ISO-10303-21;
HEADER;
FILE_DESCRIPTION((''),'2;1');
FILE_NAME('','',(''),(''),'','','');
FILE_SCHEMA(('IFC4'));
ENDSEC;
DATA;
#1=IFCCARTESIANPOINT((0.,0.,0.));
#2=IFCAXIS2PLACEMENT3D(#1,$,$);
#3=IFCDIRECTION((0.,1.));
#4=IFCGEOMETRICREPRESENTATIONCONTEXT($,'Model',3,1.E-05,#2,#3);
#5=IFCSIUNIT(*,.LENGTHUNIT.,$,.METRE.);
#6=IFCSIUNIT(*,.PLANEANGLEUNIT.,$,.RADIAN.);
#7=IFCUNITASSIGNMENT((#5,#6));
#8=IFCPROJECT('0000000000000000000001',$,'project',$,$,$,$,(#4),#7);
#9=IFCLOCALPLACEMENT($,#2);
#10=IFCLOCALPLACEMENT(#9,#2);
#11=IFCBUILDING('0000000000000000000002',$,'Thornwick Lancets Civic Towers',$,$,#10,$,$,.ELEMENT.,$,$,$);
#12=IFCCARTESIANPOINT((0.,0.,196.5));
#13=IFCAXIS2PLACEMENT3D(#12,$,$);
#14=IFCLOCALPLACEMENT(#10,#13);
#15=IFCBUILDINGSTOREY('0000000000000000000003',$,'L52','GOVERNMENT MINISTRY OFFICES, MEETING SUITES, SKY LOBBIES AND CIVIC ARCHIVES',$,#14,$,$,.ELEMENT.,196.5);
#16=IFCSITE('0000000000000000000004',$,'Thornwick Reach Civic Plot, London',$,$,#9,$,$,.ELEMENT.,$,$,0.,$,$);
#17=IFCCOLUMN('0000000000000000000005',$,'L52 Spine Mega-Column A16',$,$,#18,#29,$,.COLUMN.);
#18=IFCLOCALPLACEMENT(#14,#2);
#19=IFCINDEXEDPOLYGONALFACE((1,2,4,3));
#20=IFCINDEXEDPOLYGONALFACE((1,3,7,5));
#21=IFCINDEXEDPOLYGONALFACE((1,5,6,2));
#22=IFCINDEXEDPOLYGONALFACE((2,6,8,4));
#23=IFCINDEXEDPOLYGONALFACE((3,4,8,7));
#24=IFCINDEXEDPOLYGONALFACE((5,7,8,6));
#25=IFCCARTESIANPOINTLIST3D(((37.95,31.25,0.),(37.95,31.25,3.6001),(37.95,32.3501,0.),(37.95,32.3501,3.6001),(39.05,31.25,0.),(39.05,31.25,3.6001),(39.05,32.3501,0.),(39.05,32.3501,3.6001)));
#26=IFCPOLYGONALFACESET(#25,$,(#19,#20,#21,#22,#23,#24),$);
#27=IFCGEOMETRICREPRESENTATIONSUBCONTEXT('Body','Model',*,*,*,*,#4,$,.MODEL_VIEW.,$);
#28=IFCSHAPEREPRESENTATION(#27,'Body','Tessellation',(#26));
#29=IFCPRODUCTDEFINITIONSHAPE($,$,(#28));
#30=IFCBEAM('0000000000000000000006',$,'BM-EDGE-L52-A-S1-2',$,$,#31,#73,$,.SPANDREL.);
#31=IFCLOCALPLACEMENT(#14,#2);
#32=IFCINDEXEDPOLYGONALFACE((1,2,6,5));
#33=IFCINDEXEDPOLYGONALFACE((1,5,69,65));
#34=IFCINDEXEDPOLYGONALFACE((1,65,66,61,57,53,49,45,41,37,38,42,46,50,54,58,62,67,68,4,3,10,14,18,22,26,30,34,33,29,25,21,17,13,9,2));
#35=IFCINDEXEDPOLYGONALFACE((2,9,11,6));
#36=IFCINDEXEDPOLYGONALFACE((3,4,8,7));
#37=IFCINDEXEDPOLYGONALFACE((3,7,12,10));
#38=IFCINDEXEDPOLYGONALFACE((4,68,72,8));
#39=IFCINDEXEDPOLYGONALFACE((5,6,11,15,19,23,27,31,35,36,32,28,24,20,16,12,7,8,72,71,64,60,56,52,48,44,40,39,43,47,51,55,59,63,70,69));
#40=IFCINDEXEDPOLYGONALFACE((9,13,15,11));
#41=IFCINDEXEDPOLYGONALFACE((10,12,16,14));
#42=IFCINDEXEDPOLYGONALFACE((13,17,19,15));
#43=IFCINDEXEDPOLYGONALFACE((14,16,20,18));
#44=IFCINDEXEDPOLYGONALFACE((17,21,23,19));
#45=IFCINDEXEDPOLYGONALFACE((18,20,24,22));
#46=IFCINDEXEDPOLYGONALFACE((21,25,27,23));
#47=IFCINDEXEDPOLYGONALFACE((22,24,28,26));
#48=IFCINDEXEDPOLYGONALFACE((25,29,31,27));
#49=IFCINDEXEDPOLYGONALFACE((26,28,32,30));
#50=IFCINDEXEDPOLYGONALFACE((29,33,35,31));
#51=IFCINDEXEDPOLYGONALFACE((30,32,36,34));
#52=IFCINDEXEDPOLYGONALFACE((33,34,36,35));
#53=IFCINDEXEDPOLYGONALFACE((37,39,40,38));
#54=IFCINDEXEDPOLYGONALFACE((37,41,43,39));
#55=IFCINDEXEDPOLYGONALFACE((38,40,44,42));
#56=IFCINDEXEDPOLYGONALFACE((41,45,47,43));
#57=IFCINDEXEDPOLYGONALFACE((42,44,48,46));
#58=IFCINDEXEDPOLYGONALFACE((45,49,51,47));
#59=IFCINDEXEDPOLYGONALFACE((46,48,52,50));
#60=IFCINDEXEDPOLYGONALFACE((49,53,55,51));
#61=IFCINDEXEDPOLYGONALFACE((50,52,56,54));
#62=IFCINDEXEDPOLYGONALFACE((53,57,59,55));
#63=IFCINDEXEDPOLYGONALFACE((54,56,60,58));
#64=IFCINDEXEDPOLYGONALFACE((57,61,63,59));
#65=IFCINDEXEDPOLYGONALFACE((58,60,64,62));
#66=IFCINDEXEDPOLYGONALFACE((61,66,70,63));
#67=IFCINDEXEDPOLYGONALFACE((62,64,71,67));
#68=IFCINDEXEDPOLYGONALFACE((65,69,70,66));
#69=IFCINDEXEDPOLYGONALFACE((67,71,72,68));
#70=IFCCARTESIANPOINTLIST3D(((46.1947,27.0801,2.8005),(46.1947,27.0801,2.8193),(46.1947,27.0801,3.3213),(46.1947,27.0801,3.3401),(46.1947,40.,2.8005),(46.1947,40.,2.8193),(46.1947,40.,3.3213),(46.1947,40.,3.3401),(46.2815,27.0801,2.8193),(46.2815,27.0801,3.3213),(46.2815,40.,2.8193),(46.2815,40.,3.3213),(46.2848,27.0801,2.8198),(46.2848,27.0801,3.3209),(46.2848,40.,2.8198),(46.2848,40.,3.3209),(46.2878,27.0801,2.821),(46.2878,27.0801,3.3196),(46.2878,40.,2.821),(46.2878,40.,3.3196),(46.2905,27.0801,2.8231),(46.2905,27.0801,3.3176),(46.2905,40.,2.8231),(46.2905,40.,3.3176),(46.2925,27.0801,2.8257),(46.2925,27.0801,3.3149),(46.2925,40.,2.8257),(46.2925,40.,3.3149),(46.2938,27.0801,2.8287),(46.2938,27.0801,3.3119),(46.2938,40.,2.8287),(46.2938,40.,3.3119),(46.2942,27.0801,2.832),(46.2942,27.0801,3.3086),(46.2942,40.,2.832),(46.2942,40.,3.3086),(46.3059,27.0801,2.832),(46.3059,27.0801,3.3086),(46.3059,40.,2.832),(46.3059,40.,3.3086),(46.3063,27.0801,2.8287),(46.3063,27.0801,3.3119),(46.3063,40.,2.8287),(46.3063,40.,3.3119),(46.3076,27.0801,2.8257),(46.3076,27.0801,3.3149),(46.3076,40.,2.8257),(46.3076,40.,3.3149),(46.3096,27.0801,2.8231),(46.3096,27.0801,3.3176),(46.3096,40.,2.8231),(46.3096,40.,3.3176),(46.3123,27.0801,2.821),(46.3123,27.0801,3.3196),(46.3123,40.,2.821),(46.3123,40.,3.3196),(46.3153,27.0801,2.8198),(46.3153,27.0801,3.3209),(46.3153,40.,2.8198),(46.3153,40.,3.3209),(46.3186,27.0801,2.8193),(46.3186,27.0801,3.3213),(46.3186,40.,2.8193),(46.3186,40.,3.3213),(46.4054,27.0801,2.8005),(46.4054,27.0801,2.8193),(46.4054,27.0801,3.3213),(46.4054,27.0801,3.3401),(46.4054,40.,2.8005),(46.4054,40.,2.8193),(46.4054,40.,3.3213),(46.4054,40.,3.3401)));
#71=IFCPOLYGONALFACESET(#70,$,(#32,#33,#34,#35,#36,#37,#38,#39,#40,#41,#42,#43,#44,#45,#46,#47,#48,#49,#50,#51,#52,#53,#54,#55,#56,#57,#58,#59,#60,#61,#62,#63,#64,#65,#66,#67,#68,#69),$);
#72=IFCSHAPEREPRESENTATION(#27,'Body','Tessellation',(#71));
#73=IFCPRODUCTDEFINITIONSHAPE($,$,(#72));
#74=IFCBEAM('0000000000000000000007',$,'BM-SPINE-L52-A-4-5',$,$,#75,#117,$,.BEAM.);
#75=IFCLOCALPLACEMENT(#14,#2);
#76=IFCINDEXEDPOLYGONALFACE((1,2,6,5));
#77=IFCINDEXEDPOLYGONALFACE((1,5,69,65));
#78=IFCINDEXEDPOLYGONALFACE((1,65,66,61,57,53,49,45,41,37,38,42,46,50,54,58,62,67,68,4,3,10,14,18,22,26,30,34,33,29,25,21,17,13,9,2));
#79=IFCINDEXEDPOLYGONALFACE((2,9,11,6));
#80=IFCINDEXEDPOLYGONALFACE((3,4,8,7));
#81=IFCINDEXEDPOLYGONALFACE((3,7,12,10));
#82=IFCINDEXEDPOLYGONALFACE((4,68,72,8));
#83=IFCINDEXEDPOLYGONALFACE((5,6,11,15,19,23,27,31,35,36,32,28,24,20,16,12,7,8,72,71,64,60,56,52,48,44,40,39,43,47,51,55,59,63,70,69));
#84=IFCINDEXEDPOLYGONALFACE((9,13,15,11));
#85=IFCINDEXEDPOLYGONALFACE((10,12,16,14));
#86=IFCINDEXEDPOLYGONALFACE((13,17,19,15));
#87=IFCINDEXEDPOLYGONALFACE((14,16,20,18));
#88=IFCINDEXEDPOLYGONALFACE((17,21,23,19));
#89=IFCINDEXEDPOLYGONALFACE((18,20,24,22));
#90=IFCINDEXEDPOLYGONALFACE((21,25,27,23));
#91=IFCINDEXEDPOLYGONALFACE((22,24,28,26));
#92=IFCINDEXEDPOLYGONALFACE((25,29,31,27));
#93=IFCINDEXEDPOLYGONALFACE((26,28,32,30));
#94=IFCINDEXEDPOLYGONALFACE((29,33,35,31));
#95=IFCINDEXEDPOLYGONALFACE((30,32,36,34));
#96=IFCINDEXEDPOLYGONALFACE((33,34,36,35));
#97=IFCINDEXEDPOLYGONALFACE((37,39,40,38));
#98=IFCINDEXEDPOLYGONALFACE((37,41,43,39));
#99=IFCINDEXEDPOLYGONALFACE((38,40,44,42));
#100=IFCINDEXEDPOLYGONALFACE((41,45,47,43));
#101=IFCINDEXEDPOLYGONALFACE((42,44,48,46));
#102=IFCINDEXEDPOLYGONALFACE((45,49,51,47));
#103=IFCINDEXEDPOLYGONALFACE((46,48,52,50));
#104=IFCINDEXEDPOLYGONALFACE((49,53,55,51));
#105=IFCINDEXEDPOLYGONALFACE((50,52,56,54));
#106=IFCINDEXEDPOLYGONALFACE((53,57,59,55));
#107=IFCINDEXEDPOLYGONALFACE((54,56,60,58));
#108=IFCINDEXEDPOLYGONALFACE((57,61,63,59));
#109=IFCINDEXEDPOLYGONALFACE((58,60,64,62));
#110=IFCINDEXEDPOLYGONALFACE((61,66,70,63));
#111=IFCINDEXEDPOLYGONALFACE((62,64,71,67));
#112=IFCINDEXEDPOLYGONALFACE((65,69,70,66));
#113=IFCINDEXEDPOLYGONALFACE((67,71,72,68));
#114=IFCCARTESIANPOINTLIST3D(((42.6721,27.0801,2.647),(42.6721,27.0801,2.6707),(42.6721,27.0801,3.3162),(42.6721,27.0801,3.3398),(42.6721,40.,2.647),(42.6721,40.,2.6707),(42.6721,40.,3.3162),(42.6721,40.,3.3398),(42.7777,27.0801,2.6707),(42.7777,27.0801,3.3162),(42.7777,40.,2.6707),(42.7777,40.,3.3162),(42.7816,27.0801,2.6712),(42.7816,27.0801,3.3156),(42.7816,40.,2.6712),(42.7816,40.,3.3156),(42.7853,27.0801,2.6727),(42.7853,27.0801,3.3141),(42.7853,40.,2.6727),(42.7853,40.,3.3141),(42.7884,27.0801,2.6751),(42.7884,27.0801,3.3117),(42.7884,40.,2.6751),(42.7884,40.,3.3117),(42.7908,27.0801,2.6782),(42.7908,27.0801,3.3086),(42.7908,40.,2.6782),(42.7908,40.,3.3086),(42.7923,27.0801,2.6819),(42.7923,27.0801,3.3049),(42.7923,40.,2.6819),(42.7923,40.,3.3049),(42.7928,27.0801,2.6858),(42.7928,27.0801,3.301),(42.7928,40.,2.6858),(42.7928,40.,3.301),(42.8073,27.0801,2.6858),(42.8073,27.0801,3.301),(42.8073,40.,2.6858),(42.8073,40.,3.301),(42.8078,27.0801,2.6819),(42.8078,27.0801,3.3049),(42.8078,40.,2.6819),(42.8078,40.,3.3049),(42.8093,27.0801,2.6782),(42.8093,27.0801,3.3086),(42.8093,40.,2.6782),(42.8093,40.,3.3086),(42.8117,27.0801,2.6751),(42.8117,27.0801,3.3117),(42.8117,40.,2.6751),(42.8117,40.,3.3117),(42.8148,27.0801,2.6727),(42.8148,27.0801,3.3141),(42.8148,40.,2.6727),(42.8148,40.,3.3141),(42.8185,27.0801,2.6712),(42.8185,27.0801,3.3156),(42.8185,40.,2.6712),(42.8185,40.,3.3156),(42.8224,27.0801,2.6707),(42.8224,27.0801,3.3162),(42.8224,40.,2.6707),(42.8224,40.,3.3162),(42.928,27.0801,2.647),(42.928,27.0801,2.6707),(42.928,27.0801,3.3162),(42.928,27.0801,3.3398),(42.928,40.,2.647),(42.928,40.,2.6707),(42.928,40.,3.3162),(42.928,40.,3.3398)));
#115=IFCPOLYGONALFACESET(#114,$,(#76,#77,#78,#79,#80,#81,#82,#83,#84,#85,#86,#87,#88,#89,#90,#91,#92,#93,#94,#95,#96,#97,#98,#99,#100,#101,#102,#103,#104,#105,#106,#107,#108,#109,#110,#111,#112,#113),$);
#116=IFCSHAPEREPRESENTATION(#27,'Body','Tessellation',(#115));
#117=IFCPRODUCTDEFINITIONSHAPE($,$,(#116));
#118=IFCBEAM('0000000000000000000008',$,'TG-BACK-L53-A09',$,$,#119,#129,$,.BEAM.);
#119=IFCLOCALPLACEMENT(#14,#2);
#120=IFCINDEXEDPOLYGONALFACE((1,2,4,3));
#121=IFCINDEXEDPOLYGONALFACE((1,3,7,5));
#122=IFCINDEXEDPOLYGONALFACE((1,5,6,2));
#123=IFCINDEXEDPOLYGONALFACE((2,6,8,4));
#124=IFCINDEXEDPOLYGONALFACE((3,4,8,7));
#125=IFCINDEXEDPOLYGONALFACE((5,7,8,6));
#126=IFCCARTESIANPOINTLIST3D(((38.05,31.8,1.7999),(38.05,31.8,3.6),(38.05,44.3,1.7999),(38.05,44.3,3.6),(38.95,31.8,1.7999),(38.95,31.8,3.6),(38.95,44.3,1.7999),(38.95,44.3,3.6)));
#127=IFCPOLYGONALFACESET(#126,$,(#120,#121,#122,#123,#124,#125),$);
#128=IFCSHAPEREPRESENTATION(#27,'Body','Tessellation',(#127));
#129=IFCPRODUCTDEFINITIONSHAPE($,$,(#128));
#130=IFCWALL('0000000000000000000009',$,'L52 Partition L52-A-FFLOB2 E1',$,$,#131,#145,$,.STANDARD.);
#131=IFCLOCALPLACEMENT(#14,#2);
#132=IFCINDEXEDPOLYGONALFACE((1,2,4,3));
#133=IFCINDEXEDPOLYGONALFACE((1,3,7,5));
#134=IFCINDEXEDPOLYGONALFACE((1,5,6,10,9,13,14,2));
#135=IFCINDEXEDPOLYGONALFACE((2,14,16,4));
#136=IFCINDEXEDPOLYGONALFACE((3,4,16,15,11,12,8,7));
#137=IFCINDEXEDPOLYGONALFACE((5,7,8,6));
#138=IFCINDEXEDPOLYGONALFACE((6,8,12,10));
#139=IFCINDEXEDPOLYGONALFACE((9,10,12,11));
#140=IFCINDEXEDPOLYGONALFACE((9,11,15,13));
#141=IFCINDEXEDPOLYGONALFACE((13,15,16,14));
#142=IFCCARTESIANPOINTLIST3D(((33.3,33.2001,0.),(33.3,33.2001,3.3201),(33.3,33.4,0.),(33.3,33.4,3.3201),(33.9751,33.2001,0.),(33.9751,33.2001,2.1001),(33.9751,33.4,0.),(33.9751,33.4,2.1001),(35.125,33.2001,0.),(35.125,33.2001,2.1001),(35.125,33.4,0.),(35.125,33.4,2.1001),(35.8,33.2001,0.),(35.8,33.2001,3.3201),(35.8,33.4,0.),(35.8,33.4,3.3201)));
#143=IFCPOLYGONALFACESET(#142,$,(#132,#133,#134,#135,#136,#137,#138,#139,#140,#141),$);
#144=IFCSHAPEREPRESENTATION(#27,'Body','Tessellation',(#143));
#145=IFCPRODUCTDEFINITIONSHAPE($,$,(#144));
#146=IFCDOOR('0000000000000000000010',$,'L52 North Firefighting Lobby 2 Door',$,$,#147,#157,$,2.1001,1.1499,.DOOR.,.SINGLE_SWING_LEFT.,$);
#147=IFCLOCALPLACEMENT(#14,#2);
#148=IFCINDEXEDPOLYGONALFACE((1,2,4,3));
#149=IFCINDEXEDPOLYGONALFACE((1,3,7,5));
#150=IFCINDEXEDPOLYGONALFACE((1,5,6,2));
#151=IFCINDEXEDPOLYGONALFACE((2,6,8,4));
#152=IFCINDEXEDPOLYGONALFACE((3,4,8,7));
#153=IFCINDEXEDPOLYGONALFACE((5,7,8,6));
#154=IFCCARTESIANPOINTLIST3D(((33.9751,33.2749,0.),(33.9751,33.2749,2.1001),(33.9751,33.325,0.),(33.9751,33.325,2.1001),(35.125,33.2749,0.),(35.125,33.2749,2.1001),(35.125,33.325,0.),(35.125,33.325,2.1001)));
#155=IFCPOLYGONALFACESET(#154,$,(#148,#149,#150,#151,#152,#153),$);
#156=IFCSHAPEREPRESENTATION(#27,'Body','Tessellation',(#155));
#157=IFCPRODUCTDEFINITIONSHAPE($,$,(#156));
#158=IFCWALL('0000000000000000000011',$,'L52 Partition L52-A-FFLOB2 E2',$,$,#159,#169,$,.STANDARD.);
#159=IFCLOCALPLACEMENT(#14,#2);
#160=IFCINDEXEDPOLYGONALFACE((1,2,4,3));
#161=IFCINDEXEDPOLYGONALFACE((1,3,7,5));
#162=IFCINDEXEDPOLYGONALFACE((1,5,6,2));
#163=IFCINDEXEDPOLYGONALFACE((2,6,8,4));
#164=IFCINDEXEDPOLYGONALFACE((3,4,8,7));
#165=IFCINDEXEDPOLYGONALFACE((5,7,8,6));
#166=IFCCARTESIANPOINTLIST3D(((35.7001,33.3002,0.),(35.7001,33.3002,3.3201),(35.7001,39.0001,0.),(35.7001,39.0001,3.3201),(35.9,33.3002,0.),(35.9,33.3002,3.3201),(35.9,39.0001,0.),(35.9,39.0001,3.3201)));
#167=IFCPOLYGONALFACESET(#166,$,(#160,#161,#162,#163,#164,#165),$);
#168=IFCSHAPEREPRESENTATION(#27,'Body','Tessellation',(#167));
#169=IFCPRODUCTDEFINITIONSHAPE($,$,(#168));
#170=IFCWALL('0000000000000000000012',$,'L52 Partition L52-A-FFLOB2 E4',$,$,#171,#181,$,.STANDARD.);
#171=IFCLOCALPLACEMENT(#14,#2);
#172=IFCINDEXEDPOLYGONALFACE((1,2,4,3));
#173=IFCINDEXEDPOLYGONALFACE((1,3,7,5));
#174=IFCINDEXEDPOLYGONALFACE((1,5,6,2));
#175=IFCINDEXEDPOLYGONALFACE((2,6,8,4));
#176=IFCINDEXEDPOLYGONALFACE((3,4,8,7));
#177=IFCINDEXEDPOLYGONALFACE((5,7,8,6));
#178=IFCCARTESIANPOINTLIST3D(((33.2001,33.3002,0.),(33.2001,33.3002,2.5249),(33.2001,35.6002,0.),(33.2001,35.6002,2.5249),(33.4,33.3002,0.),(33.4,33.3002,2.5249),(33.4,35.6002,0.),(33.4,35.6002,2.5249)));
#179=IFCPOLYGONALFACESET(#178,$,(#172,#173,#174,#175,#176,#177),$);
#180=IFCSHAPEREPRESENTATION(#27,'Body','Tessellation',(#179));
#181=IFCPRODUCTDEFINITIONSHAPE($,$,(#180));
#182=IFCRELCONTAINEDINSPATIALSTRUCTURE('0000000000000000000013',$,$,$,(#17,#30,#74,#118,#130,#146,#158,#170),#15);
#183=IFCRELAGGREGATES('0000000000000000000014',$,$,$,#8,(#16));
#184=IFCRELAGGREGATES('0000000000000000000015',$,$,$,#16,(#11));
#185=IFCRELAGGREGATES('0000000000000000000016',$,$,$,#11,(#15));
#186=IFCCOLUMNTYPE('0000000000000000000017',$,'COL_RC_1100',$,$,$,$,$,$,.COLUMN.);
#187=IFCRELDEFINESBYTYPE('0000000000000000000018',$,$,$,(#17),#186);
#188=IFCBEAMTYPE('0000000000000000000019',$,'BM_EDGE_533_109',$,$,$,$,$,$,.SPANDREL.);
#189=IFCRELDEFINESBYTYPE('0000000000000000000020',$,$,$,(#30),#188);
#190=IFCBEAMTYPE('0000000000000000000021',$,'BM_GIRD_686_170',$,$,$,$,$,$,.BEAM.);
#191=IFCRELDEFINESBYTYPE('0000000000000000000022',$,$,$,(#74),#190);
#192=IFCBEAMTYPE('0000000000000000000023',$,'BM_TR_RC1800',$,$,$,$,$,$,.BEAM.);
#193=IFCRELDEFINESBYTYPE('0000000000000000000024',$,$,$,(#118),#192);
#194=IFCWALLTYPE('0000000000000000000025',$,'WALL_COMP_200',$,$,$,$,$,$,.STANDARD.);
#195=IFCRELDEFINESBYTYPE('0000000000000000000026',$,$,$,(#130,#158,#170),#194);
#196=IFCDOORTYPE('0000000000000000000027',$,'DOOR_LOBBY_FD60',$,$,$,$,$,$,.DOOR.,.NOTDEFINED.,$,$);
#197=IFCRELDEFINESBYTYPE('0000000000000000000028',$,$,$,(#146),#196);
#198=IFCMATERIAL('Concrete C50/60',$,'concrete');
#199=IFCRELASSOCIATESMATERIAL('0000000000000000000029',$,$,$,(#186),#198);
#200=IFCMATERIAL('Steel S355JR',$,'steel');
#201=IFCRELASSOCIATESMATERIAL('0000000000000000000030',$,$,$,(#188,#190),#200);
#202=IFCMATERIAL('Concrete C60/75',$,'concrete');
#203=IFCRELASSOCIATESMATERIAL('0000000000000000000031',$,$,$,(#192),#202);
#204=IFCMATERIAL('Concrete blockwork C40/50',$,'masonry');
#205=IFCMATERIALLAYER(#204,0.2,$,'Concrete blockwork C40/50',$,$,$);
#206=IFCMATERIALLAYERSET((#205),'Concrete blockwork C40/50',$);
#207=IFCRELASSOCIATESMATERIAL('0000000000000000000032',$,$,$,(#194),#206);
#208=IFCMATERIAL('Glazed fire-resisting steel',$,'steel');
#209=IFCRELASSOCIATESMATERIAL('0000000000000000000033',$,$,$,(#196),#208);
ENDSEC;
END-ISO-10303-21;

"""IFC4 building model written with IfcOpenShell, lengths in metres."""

from ifc_helpers import new_model, si_unit, direction, frame, frame_2d, origin, origin_2d, place, context, subcontext, project, spatial, rectangle, i_section, extrude, material, layer, layer_set, material_profile, profile_set, type_object, element, fill, save


model = new_model("IFC4")

# Units and contexts
model_context = context("Model", 3, precision=1e-05, world=origin(), true_north=direction((0.0, 1.0)))
body_context = subcontext(model_context, "Body", "Model", "MODEL_VIEW")
ifc_project = project(units=[si_unit("LENGTHUNIT", "METRE"), si_unit("PLANEANGLEUNIT", "RADIAN")], contexts=[model_context])

# Site, building, storey
site_placement = place(None, origin())
site = spatial("IfcSite", under=ifc_project, at=site_placement, Name="Thornwick Reach Civic Plot, London", CompositionType="ELEMENT", RefElevation=0.0)
building_placement = place(site_placement, origin())
building = spatial("IfcBuilding", under=site, at=building_placement, Name="Thornwick Lancets Civic Towers", CompositionType="ELEMENT")
storey_placement = place(building_placement, frame((0.0, 0.0, 196.5)))
storey = spatial("IfcBuildingStorey", under=building, at=storey_placement, Name="L52", Description="GOVERNMENT MINISTRY OFFICES, MEETING SUITES, SKY LOBBIES AND CIVIC ARCHIVES", CompositionType="ELEMENT", Elevation=196.5)

# Column
ifc_material_1 = material(Name="Concrete C50/60", Category="concrete")
ifc_material_profile_1 = material_profile(ifc_material_1, rectangle(XDim=1.1001, YDim=1.1001, at=origin_2d()), Name="RC 1100x1100")
ifc_profile_set_1 = profile_set([ifc_material_profile_1], Name="Concrete C50/60")
column_type = type_object("IfcColumnType", Name="COL_RC_1100", PredefinedType="COLUMN", material=ifc_profile_set_1)
column_placement = place(storey_placement, frame((38.5, 31.8, 0.0), z_axis=(0.0, 0.0, 1.0), x_axis=(1.0, 0.0, 0.0)))
element("IfcColumn", 1, at=column_placement, inside=storey, type_object=column_type, Name="L52 Spine Mega-Column A16", PredefinedType="COLUMN", context=body_context, shape_type="SweptSolid", body=[
    extrude(rectangle(XDim=1.1001, YDim=1.1001, at=origin_2d()), origin(), (0.0, 0.0, 1.0), 3.6001),
])

# Beams
ifc_material_2 = material(Name="Steel S355JR", Category="steel")
ifc_material_profile_2 = material_profile(ifc_material_2, i_section(OverallWidth=0.2107, OverallDepth=0.5396, WebThickness=0.0117, FlangeThickness=0.0188, FilletRadius=0.0127, at=origin_2d()), Name="UKB 533x210x109")
ifc_profile_set_2 = profile_set([ifc_material_profile_2], Name="Steel S355JR")
beam_type_1 = type_object("IfcBeamType", Name="BM_EDGE_533_109", PredefinedType="SPANDREL", material=ifc_profile_set_2)
beam_1_placement = place(storey_placement, frame((46.3, 27.0801, 3.0703), z_axis=(0.0, 1.0, 0.0), x_axis=(-1.0, 0.0, 0.0)))
element("IfcBeam", 2, at=beam_1_placement, inside=storey, type_object=beam_type_1, Name="BM-EDGE-L52-A-S1-2", PredefinedType="SPANDREL", context=body_context, shape_type="SweptSolid", body=[
    extrude(i_section(OverallWidth=0.2107, OverallDepth=0.5396, WebThickness=0.0117, FlangeThickness=0.0188, FilletRadius=0.0127, at=origin_2d()), origin(), (0.0, 0.0, 1.0), 12.9199),
])
ifc_material_profile_3 = material_profile(ifc_material_2, i_section(OverallWidth=0.2559, OverallDepth=0.6929, WebThickness=0.0144, FlangeThickness=0.0237, FilletRadius=0.0151, at=origin_2d()), Name="UKB 686x254x170")
ifc_profile_set_3 = profile_set([ifc_material_profile_3], Name="Steel S355JR")
beam_type_2 = type_object("IfcBeamType", Name="BM_GIRD_686_170", PredefinedType="BEAM", material=ifc_profile_set_3)
beam_2_placement = place(storey_placement, frame((42.8, 27.0801, 2.9934), z_axis=(0.0, 1.0, 0.0), x_axis=(-1.0, 0.0, 0.0)))
element("IfcBeam", 3, at=beam_2_placement, inside=storey, type_object=beam_type_2, Name="BM-SPINE-L52-A-4-5", PredefinedType="BEAM", context=body_context, shape_type="SweptSolid", body=[
    extrude(i_section(OverallWidth=0.2559, OverallDepth=0.6929, WebThickness=0.0144, FlangeThickness=0.0237, FilletRadius=0.0151, at=origin_2d()), origin(), (0.0, 0.0, 1.0), 12.9199),
])
ifc_material_3 = material(Name="Concrete C60/75", Category="concrete")
ifc_material_profile_4 = material_profile(ifc_material_3, rectangle(XDim=0.8999, YDim=1.8, at=origin_2d()), Name="RC 900x1800")
ifc_profile_set_4 = profile_set([ifc_material_profile_4], Name="Concrete C60/75")
beam_type_3 = type_object("IfcBeamType", Name="BM_TR_RC1800", PredefinedType="BEAM", material=ifc_profile_set_4)
beam_3_placement = place(storey_placement, frame((38.5, 31.8, 2.7), z_axis=(0.0, 1.0, 0.0), x_axis=(-1.0, 0.0, 0.0)))
element("IfcBeam", 4, at=beam_3_placement, inside=storey, type_object=beam_type_3, Name="TG-BACK-L53-A09", PredefinedType="BEAM", context=body_context, shape_type="SweptSolid", body=[
    extrude(rectangle(XDim=0.8999, YDim=1.8, at=origin_2d()), origin(), (0.0, 0.0, 1.0), 12.5),
])

# Wall, opening, door
ifc_material_4 = material(Name="Concrete blockwork C40/50", Category="masonry")
ifc_layer_1 = layer(ifc_material_4, 0.2, Name="Concrete blockwork C40/50")
ifc_layer_set_1 = layer_set([ifc_layer_1], Name="Concrete blockwork C40/50")
wall_type_1 = type_object("IfcWallType", Name="WALL_COMP_200", PredefinedType="STANDARD", material=ifc_layer_set_1)
wall_1_placement = place(storey_placement, frame((33.3, 33.3, 0.0), z_axis=(0.0, 0.0, 1.0), x_axis=(1.0, 0.0, 0.0)))
wall_1 = element("IfcWall", 5, at=wall_1_placement, inside=storey, type_object=wall_type_1, Name="L52 Partition L52-A-FFLOB2 E1", PredefinedType="STANDARD", context=body_context, shape_type="SweptSolid", body=[
    extrude(rectangle(XDim=2.5, YDim=0.2, at=frame_2d((1.25, 0.0))), origin(), (0.0, 0.0, 1.0), 3.3201),
])
opening_1_placement = place(wall_1_placement, frame((0.675, 0.0, 0.0)))
opening_1 = element("IfcOpeningElement", 6, at=opening_1_placement, cuts=wall_1, PredefinedType="OPENING", context=body_context, shape_type="SweptSolid", body=[
    extrude(rectangle(XDim=1.1499, YDim=2.1001, at=frame_2d((0.575, 1.05))), frame((0.0, 0.1099, 0.0), z_axis=(0.0, -1.0, 0.0), x_axis=(1.0, 0.0, 0.0)), (0.0, 0.0, 1.0), 0.22),
])
ifc_material_5 = material(Name="Glazed fire-resisting steel", Category="steel")
door_type_1 = type_object("IfcDoorType", Name="DOOR_LOBBY_FD60", OperationType="NOTDEFINED", PredefinedType="DOOR", material=ifc_material_5)
door_1_placement = place(opening_1_placement, origin())
door_1 = element("IfcDoor", 7, at=door_1_placement, inside=storey, type_object=door_type_1, Name="L52 North Firefighting Lobby 2 Door", OperationType="SINGLE_SWING_LEFT", OverallHeight=2.1001, OverallWidth=1.1499, PredefinedType="DOOR", context=body_context, shape_type="SweptSolid", body=[
    extrude(rectangle(XDim=1.1499, YDim=2.1001, at=frame_2d((0.575, 1.05))), frame((0.0, 0.0249, 0.0), z_axis=(0.0, -1.0, 0.0), x_axis=(1.0, 0.0, 0.0)), (0.0, 0.0, 1.0), 0.05),
])
fill(opening_1, door_1)

# Walls
wall_2_placement = place(storey_placement, frame((35.8, 33.3, 0.0), z_axis=(0.0, 0.0, 1.0), x_axis=(0.0, 1.0, 0.0)))
element("IfcWall", 8, at=wall_2_placement, inside=storey, type_object=wall_type_1, Name="L52 Partition L52-A-FFLOB2 E2", PredefinedType="STANDARD", context=body_context, shape_type="SweptSolid", body=[
    extrude(rectangle(XDim=5.7, YDim=0.2, at=frame_2d((2.8501, 0.0))), origin(), (0.0, 0.0, 1.0), 3.3201),
])
wall_3_placement = place(storey_placement, frame((33.3, 35.6001, 0.0), z_axis=(0.0, 0.0, 1.0), x_axis=(0.0, -1.0, 0.0)))
element("IfcWall", 9, at=wall_3_placement, inside=storey, type_object=wall_type_1, Name="L52 Partition L52-A-FFLOB2 E4", PredefinedType="STANDARD", context=body_context, shape_type="SweptSolid", body=[
    extrude(rectangle(XDim=2.3, YDim=0.2, at=frame_2d((1.1499, 0.0))), origin(), (0.0, 0.0, 1.0), 2.5249),
])

save(model, "model.ifc")
